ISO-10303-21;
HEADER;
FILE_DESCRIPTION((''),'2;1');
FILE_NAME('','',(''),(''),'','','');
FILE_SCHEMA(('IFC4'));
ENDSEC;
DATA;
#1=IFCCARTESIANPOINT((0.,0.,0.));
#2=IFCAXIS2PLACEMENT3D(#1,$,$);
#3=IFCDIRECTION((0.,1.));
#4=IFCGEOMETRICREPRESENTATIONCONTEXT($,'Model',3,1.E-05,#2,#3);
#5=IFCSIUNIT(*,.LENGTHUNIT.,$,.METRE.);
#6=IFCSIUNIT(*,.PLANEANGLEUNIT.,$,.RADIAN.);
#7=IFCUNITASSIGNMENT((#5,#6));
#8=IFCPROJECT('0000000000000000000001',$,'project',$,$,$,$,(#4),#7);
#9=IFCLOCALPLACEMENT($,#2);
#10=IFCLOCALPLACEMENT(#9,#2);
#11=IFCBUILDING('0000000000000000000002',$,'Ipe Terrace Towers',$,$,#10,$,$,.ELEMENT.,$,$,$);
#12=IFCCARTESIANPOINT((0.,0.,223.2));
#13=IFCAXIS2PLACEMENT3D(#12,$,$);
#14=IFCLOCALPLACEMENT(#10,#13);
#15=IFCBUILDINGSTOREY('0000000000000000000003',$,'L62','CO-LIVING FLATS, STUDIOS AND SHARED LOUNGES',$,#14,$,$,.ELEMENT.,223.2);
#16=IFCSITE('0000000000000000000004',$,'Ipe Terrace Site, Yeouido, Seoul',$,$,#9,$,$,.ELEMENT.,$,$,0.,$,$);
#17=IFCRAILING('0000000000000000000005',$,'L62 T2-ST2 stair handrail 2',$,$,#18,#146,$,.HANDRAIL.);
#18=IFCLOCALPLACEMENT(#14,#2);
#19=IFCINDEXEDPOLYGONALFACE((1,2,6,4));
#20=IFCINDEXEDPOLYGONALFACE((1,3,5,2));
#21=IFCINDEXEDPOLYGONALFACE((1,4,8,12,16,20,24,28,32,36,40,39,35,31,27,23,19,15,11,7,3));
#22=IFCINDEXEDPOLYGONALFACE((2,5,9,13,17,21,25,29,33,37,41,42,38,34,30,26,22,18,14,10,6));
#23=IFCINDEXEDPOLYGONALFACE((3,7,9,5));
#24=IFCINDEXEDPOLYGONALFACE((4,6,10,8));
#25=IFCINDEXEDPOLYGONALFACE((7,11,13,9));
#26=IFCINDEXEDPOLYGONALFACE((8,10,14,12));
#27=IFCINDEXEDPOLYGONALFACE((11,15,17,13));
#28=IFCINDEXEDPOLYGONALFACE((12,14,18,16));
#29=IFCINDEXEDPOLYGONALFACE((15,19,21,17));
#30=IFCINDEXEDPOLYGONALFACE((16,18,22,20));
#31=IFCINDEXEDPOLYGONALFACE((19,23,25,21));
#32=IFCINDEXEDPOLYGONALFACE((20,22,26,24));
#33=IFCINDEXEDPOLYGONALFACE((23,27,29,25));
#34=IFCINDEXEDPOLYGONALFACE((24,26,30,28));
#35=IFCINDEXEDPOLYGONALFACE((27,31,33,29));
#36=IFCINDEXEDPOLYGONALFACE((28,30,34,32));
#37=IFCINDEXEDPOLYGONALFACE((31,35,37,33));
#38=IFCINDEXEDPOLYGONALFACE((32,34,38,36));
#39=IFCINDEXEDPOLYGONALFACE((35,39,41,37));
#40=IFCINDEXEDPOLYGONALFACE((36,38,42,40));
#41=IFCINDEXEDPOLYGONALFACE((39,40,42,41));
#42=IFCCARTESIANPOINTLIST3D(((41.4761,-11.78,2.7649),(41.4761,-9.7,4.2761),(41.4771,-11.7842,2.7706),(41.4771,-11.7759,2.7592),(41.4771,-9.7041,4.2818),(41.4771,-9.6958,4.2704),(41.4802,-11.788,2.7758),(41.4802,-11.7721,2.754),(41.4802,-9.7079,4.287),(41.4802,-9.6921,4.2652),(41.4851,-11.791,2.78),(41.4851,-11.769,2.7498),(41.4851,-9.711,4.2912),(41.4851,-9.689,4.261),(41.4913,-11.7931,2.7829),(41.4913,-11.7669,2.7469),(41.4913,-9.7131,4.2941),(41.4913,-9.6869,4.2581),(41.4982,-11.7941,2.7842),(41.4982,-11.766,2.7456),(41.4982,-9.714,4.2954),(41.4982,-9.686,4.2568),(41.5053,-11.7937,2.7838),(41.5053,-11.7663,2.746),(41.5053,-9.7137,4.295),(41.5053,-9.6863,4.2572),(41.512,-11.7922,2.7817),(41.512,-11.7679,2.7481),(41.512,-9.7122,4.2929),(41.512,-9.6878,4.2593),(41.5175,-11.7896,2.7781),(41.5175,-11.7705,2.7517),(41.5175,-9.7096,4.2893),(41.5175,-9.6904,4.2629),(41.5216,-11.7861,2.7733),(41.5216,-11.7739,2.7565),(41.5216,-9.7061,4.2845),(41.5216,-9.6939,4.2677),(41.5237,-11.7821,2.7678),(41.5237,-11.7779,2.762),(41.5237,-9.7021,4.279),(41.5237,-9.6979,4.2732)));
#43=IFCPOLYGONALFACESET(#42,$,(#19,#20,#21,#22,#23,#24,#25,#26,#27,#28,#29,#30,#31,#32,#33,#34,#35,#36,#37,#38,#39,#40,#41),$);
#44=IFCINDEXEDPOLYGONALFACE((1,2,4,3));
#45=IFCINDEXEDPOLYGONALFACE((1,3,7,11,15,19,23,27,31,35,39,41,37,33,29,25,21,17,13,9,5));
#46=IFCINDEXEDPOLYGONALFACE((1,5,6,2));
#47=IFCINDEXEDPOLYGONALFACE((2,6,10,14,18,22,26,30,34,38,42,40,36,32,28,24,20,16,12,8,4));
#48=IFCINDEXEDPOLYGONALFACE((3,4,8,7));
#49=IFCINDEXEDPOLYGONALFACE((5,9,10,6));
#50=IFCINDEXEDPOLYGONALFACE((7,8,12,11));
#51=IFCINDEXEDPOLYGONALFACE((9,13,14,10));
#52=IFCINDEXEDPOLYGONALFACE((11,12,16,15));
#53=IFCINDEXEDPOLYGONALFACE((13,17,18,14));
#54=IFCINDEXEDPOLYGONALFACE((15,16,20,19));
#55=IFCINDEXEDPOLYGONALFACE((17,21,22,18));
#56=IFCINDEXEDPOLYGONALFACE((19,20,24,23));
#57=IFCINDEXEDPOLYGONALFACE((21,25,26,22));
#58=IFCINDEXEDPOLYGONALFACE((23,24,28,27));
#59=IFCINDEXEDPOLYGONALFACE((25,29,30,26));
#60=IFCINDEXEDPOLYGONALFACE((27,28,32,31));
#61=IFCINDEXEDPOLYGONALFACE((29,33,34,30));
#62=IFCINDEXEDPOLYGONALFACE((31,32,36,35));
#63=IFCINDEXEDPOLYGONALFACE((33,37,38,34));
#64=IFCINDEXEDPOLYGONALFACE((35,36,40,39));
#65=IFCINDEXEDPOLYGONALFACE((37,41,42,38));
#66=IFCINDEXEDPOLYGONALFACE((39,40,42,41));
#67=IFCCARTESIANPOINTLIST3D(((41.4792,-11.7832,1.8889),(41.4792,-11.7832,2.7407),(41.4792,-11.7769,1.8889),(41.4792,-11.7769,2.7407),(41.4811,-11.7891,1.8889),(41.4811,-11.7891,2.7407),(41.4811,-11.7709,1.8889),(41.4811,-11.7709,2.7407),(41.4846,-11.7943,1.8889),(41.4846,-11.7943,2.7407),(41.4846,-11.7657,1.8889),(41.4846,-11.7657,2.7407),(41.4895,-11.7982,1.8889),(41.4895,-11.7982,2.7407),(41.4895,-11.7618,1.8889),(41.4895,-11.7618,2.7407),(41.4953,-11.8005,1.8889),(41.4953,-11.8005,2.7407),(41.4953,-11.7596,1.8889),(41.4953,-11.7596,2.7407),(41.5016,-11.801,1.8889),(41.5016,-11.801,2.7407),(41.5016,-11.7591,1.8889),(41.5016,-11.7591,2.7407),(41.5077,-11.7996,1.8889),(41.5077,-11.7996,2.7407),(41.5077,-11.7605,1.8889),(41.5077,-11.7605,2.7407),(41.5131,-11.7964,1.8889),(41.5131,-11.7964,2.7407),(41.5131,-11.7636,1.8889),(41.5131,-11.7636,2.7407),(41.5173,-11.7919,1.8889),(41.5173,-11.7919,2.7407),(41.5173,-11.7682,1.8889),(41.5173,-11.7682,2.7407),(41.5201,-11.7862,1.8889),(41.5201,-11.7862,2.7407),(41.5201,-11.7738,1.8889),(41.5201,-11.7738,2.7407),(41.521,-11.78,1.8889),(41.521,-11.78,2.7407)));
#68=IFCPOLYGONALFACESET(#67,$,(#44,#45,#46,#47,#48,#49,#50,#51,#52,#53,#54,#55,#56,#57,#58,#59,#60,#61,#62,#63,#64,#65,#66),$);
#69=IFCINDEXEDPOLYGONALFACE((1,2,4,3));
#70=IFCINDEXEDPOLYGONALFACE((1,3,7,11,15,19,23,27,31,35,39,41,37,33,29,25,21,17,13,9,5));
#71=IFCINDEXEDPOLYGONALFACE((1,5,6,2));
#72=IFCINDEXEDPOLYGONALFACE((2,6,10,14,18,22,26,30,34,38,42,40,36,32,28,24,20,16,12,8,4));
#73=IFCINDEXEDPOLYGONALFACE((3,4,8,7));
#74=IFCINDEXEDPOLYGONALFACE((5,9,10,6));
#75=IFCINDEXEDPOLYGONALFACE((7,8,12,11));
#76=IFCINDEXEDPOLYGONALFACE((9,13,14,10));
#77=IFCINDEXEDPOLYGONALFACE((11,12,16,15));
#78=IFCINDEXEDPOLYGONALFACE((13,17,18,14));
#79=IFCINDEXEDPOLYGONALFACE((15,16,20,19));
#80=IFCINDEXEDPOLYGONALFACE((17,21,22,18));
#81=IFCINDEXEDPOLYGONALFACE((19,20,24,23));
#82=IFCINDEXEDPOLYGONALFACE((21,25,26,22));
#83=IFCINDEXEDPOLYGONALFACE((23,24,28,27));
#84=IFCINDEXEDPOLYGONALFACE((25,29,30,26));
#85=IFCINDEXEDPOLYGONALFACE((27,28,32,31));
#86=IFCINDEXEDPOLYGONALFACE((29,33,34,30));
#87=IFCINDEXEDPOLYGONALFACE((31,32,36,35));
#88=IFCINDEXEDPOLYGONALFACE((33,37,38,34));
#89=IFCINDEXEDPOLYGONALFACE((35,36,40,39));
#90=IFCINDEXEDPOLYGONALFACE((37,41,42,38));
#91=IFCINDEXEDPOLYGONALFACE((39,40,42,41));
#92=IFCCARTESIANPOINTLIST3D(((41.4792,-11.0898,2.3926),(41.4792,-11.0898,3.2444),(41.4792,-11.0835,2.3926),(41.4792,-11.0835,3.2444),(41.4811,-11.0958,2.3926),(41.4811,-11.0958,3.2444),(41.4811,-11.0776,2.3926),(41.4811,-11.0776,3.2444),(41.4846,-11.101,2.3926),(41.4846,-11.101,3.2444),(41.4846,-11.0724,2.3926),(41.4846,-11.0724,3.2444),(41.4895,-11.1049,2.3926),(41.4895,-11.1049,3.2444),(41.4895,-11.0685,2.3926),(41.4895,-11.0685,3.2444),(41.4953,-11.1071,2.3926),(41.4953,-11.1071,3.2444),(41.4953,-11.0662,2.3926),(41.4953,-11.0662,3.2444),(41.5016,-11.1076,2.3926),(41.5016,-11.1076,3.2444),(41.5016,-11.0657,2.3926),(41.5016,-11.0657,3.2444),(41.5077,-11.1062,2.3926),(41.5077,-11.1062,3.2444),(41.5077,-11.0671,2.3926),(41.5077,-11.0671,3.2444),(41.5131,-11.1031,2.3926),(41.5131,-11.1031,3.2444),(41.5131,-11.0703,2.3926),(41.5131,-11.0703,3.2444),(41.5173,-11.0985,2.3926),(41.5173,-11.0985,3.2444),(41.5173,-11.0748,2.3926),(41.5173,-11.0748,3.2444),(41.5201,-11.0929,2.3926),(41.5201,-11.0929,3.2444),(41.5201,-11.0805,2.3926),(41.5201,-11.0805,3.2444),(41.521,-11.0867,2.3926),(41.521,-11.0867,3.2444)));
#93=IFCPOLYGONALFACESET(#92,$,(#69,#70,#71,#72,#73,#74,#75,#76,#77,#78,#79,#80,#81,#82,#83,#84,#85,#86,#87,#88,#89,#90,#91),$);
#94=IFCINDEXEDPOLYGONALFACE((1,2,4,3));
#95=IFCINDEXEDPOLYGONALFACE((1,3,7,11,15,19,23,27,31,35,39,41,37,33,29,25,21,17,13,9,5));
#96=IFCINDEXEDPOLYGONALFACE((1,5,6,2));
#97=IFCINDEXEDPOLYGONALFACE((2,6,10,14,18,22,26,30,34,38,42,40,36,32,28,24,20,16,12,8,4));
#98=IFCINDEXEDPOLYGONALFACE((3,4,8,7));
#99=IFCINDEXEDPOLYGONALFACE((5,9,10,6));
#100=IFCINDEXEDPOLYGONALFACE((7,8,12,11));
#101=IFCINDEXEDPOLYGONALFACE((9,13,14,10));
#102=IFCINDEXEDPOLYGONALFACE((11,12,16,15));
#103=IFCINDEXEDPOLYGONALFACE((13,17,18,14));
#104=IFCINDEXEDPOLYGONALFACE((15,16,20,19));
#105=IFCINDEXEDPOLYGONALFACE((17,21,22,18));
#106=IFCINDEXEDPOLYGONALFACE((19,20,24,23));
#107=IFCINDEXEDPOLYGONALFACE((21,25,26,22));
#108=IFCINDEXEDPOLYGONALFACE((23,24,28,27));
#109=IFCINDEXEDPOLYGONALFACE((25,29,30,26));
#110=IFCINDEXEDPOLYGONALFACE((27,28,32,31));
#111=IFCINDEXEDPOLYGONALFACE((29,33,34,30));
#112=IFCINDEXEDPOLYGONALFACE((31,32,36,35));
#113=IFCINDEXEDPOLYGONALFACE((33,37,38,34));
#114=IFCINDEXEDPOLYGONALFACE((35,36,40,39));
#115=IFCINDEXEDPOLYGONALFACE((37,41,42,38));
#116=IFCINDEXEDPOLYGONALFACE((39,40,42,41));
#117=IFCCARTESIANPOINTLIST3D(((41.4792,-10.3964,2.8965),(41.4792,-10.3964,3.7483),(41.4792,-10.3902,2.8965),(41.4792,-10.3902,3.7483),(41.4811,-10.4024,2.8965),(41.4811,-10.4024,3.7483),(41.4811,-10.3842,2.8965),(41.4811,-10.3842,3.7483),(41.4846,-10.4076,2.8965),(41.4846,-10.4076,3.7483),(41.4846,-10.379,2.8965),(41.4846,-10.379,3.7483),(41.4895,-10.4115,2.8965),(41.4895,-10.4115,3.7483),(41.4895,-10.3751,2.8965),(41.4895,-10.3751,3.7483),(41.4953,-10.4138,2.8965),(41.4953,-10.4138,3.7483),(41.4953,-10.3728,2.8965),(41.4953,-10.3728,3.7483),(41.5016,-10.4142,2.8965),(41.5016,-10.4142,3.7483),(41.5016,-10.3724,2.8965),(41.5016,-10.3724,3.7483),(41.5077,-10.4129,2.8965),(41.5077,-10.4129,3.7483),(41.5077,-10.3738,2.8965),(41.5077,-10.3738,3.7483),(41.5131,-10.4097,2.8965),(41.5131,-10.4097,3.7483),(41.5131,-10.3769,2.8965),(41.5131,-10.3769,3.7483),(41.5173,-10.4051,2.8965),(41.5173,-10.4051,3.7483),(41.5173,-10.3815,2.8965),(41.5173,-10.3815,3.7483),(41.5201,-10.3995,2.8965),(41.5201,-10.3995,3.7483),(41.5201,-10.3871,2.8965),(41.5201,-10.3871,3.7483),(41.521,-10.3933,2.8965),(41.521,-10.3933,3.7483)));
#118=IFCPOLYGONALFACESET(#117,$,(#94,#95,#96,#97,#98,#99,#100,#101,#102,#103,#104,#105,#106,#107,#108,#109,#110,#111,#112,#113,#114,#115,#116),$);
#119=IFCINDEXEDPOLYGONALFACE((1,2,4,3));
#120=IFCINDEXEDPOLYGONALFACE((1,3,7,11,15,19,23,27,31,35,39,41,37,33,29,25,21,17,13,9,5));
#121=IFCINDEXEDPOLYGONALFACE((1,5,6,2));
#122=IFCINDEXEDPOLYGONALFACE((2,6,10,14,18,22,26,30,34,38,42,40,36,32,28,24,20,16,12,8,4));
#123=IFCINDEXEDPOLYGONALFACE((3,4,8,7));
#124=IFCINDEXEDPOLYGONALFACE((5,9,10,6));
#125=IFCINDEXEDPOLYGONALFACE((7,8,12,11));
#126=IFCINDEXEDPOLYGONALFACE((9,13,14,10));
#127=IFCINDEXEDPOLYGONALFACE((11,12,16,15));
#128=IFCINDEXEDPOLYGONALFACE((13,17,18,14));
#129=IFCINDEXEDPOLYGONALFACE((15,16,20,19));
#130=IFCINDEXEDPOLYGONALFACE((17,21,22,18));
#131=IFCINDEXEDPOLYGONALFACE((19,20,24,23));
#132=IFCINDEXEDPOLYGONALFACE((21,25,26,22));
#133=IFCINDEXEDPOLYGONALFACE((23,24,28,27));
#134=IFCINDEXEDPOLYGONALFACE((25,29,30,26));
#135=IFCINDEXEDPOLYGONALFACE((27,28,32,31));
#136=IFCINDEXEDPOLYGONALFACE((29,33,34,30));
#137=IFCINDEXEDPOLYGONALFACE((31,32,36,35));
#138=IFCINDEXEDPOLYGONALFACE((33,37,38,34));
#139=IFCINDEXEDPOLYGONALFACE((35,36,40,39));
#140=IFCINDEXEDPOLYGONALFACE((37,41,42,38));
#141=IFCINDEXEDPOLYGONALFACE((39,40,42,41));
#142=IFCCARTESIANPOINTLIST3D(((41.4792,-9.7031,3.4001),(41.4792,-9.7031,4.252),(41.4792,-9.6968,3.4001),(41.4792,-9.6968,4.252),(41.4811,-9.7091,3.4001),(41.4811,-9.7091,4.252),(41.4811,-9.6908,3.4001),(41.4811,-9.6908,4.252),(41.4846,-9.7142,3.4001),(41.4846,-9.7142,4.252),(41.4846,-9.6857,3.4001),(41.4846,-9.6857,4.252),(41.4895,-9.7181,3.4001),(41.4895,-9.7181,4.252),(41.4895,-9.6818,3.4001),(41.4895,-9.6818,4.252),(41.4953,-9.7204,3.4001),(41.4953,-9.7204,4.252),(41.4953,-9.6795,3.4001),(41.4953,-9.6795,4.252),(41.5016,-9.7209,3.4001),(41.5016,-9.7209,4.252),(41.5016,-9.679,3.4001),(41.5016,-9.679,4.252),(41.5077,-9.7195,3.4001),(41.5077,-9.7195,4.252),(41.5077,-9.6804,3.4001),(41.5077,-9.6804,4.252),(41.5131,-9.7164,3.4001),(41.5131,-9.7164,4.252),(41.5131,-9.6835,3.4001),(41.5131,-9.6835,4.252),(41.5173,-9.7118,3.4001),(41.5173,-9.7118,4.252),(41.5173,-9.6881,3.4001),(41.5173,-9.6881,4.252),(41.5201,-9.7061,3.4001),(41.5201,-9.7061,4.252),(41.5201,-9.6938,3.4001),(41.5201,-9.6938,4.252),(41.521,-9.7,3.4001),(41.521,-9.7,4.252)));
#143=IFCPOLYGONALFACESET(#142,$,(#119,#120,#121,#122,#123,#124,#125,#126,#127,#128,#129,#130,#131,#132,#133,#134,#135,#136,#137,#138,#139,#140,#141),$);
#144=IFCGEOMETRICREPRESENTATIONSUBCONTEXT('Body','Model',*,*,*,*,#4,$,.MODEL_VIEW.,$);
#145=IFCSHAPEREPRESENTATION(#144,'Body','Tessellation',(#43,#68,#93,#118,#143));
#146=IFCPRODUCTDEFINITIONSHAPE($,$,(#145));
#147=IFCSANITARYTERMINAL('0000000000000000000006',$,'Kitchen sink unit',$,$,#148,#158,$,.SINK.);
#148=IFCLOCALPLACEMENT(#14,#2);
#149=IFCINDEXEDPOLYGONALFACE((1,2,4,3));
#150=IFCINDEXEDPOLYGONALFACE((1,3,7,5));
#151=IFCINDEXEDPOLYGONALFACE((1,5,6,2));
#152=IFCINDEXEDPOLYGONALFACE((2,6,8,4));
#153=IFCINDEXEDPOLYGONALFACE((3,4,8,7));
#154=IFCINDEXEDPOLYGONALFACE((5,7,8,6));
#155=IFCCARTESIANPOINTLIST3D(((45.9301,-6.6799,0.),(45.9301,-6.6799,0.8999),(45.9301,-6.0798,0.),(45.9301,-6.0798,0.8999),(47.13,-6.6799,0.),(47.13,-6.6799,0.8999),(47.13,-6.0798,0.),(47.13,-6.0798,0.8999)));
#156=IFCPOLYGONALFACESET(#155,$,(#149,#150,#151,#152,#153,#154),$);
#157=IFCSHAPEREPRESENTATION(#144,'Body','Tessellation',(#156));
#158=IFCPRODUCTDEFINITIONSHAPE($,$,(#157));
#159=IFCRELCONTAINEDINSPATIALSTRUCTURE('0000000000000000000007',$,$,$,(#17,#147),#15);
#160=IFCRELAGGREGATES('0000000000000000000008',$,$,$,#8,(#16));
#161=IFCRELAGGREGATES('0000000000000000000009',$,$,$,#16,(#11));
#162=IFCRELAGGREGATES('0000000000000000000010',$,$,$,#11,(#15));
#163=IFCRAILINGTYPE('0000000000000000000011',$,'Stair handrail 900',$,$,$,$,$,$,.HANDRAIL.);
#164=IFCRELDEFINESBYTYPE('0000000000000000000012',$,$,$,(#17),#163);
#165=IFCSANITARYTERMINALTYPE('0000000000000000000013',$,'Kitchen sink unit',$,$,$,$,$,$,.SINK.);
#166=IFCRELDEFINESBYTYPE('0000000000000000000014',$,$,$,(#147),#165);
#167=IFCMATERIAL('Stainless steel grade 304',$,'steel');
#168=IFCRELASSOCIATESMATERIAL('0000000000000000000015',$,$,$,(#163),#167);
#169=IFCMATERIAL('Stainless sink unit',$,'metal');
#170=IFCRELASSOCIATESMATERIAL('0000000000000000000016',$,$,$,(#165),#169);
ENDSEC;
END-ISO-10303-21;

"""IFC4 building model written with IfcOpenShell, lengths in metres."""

from ifc_helpers import new_model, si_unit, direction, frame, origin, origin_2d, place, context, subcontext, project, spatial, rectangle, circle, extrude, material, type_object, element, save


model = new_model("IFC4")

# Units and contexts
model_context = context("Model", 3, precision=1e-05, world=origin(), true_north=direction((0.0, 1.0)))
body_context = subcontext(model_context, "Body", "Model", "MODEL_VIEW")
ifc_project = project(units=[si_unit("LENGTHUNIT", "METRE"), si_unit("PLANEANGLEUNIT", "RADIAN")], contexts=[model_context])

# Site, building, storey
site_placement = place(None, origin())
site = spatial("IfcSite", under=ifc_project, at=site_placement, Name="Ipe Terrace Site, Yeouido, Seoul", CompositionType="ELEMENT", RefElevation=0.0)
building_placement = place(site_placement, origin())
building = spatial("IfcBuilding", under=site, at=building_placement, Name="Ipe Terrace Towers", CompositionType="ELEMENT")
storey_placement = place(building_placement, frame((0.0, 0.0, 223.2)))
storey = spatial("IfcBuildingStorey", under=building, at=storey_placement, Name="L62", Description="CO-LIVING FLATS, STUDIOS AND SHARED LOUNGES", CompositionType="ELEMENT", Elevation=223.2)

# Railing
ifc_material_1 = material(Name="Stainless steel grade 304", Category="steel")
railing_type = type_object("IfcRailingType", Name="Stair handrail 900", PredefinedType="HANDRAIL", material=ifc_material_1)
railing_placement = place(storey_placement, frame((41.5, -11.78, 1.8889)))
element("IfcRailing", 1, at=railing_placement, inside=storey, type_object=railing_type, Name="L62 T2-ST2 stair handrail 2", PredefinedType="HANDRAIL", context=body_context, shape_type="SweptSolid", body=[
    extrude(circle(Radius=0.0239, at=origin_2d()), frame((0.0, 0.0, 0.876), z_axis=(0.0, 0.809023, 0.587776), x_axis=(-1.0, 0.0, 0.0)), (0.0, 0.0, 1.0), 2.571),
    extrude(circle(Radius=0.021, at=origin_2d()), origin(), (0.0, 0.0, 1.0), 0.8518),
    extrude(circle(Radius=0.021, at=origin_2d()), frame((0.0, 0.6934, 0.5037)), (0.0, 0.0, 1.0), 0.8518),
    extrude(circle(Radius=0.021, at=origin_2d()), frame((0.0, 1.3867, 1.0076)), (0.0, 0.0, 1.0), 0.8518),
    extrude(circle(Radius=0.021, at=origin_2d()), frame((0.0, 2.0801, 1.5112)), (0.0, 0.0, 1.0), 0.8518),
])

# Sanitary terminal
ifc_material_2 = material(Name="Stainless sink unit", Category="metal")
sanitary_terminal_type = type_object("IfcSanitaryTerminalType", Name="Kitchen sink unit", PredefinedType="SINK", material=ifc_material_2)
sanitary_terminal_placement = place(storey_placement, frame((46.53, -6.3799, 0.0), z_axis=(0.0, 0.0, 1.0), x_axis=(-1.0, 0.0, 0.0)))
element("IfcSanitaryTerminal", 2, at=sanitary_terminal_placement, inside=storey, type_object=sanitary_terminal_type, Name="Kitchen sink unit", PredefinedType="SINK", context=body_context, shape_type="SweptSolid", body=[
    extrude(rectangle(XDim=1.2, YDim=0.6001, at=origin_2d()), origin(), (0.0, 0.0, 1.0), 0.8999),
])

save(model, "model.ifc")
